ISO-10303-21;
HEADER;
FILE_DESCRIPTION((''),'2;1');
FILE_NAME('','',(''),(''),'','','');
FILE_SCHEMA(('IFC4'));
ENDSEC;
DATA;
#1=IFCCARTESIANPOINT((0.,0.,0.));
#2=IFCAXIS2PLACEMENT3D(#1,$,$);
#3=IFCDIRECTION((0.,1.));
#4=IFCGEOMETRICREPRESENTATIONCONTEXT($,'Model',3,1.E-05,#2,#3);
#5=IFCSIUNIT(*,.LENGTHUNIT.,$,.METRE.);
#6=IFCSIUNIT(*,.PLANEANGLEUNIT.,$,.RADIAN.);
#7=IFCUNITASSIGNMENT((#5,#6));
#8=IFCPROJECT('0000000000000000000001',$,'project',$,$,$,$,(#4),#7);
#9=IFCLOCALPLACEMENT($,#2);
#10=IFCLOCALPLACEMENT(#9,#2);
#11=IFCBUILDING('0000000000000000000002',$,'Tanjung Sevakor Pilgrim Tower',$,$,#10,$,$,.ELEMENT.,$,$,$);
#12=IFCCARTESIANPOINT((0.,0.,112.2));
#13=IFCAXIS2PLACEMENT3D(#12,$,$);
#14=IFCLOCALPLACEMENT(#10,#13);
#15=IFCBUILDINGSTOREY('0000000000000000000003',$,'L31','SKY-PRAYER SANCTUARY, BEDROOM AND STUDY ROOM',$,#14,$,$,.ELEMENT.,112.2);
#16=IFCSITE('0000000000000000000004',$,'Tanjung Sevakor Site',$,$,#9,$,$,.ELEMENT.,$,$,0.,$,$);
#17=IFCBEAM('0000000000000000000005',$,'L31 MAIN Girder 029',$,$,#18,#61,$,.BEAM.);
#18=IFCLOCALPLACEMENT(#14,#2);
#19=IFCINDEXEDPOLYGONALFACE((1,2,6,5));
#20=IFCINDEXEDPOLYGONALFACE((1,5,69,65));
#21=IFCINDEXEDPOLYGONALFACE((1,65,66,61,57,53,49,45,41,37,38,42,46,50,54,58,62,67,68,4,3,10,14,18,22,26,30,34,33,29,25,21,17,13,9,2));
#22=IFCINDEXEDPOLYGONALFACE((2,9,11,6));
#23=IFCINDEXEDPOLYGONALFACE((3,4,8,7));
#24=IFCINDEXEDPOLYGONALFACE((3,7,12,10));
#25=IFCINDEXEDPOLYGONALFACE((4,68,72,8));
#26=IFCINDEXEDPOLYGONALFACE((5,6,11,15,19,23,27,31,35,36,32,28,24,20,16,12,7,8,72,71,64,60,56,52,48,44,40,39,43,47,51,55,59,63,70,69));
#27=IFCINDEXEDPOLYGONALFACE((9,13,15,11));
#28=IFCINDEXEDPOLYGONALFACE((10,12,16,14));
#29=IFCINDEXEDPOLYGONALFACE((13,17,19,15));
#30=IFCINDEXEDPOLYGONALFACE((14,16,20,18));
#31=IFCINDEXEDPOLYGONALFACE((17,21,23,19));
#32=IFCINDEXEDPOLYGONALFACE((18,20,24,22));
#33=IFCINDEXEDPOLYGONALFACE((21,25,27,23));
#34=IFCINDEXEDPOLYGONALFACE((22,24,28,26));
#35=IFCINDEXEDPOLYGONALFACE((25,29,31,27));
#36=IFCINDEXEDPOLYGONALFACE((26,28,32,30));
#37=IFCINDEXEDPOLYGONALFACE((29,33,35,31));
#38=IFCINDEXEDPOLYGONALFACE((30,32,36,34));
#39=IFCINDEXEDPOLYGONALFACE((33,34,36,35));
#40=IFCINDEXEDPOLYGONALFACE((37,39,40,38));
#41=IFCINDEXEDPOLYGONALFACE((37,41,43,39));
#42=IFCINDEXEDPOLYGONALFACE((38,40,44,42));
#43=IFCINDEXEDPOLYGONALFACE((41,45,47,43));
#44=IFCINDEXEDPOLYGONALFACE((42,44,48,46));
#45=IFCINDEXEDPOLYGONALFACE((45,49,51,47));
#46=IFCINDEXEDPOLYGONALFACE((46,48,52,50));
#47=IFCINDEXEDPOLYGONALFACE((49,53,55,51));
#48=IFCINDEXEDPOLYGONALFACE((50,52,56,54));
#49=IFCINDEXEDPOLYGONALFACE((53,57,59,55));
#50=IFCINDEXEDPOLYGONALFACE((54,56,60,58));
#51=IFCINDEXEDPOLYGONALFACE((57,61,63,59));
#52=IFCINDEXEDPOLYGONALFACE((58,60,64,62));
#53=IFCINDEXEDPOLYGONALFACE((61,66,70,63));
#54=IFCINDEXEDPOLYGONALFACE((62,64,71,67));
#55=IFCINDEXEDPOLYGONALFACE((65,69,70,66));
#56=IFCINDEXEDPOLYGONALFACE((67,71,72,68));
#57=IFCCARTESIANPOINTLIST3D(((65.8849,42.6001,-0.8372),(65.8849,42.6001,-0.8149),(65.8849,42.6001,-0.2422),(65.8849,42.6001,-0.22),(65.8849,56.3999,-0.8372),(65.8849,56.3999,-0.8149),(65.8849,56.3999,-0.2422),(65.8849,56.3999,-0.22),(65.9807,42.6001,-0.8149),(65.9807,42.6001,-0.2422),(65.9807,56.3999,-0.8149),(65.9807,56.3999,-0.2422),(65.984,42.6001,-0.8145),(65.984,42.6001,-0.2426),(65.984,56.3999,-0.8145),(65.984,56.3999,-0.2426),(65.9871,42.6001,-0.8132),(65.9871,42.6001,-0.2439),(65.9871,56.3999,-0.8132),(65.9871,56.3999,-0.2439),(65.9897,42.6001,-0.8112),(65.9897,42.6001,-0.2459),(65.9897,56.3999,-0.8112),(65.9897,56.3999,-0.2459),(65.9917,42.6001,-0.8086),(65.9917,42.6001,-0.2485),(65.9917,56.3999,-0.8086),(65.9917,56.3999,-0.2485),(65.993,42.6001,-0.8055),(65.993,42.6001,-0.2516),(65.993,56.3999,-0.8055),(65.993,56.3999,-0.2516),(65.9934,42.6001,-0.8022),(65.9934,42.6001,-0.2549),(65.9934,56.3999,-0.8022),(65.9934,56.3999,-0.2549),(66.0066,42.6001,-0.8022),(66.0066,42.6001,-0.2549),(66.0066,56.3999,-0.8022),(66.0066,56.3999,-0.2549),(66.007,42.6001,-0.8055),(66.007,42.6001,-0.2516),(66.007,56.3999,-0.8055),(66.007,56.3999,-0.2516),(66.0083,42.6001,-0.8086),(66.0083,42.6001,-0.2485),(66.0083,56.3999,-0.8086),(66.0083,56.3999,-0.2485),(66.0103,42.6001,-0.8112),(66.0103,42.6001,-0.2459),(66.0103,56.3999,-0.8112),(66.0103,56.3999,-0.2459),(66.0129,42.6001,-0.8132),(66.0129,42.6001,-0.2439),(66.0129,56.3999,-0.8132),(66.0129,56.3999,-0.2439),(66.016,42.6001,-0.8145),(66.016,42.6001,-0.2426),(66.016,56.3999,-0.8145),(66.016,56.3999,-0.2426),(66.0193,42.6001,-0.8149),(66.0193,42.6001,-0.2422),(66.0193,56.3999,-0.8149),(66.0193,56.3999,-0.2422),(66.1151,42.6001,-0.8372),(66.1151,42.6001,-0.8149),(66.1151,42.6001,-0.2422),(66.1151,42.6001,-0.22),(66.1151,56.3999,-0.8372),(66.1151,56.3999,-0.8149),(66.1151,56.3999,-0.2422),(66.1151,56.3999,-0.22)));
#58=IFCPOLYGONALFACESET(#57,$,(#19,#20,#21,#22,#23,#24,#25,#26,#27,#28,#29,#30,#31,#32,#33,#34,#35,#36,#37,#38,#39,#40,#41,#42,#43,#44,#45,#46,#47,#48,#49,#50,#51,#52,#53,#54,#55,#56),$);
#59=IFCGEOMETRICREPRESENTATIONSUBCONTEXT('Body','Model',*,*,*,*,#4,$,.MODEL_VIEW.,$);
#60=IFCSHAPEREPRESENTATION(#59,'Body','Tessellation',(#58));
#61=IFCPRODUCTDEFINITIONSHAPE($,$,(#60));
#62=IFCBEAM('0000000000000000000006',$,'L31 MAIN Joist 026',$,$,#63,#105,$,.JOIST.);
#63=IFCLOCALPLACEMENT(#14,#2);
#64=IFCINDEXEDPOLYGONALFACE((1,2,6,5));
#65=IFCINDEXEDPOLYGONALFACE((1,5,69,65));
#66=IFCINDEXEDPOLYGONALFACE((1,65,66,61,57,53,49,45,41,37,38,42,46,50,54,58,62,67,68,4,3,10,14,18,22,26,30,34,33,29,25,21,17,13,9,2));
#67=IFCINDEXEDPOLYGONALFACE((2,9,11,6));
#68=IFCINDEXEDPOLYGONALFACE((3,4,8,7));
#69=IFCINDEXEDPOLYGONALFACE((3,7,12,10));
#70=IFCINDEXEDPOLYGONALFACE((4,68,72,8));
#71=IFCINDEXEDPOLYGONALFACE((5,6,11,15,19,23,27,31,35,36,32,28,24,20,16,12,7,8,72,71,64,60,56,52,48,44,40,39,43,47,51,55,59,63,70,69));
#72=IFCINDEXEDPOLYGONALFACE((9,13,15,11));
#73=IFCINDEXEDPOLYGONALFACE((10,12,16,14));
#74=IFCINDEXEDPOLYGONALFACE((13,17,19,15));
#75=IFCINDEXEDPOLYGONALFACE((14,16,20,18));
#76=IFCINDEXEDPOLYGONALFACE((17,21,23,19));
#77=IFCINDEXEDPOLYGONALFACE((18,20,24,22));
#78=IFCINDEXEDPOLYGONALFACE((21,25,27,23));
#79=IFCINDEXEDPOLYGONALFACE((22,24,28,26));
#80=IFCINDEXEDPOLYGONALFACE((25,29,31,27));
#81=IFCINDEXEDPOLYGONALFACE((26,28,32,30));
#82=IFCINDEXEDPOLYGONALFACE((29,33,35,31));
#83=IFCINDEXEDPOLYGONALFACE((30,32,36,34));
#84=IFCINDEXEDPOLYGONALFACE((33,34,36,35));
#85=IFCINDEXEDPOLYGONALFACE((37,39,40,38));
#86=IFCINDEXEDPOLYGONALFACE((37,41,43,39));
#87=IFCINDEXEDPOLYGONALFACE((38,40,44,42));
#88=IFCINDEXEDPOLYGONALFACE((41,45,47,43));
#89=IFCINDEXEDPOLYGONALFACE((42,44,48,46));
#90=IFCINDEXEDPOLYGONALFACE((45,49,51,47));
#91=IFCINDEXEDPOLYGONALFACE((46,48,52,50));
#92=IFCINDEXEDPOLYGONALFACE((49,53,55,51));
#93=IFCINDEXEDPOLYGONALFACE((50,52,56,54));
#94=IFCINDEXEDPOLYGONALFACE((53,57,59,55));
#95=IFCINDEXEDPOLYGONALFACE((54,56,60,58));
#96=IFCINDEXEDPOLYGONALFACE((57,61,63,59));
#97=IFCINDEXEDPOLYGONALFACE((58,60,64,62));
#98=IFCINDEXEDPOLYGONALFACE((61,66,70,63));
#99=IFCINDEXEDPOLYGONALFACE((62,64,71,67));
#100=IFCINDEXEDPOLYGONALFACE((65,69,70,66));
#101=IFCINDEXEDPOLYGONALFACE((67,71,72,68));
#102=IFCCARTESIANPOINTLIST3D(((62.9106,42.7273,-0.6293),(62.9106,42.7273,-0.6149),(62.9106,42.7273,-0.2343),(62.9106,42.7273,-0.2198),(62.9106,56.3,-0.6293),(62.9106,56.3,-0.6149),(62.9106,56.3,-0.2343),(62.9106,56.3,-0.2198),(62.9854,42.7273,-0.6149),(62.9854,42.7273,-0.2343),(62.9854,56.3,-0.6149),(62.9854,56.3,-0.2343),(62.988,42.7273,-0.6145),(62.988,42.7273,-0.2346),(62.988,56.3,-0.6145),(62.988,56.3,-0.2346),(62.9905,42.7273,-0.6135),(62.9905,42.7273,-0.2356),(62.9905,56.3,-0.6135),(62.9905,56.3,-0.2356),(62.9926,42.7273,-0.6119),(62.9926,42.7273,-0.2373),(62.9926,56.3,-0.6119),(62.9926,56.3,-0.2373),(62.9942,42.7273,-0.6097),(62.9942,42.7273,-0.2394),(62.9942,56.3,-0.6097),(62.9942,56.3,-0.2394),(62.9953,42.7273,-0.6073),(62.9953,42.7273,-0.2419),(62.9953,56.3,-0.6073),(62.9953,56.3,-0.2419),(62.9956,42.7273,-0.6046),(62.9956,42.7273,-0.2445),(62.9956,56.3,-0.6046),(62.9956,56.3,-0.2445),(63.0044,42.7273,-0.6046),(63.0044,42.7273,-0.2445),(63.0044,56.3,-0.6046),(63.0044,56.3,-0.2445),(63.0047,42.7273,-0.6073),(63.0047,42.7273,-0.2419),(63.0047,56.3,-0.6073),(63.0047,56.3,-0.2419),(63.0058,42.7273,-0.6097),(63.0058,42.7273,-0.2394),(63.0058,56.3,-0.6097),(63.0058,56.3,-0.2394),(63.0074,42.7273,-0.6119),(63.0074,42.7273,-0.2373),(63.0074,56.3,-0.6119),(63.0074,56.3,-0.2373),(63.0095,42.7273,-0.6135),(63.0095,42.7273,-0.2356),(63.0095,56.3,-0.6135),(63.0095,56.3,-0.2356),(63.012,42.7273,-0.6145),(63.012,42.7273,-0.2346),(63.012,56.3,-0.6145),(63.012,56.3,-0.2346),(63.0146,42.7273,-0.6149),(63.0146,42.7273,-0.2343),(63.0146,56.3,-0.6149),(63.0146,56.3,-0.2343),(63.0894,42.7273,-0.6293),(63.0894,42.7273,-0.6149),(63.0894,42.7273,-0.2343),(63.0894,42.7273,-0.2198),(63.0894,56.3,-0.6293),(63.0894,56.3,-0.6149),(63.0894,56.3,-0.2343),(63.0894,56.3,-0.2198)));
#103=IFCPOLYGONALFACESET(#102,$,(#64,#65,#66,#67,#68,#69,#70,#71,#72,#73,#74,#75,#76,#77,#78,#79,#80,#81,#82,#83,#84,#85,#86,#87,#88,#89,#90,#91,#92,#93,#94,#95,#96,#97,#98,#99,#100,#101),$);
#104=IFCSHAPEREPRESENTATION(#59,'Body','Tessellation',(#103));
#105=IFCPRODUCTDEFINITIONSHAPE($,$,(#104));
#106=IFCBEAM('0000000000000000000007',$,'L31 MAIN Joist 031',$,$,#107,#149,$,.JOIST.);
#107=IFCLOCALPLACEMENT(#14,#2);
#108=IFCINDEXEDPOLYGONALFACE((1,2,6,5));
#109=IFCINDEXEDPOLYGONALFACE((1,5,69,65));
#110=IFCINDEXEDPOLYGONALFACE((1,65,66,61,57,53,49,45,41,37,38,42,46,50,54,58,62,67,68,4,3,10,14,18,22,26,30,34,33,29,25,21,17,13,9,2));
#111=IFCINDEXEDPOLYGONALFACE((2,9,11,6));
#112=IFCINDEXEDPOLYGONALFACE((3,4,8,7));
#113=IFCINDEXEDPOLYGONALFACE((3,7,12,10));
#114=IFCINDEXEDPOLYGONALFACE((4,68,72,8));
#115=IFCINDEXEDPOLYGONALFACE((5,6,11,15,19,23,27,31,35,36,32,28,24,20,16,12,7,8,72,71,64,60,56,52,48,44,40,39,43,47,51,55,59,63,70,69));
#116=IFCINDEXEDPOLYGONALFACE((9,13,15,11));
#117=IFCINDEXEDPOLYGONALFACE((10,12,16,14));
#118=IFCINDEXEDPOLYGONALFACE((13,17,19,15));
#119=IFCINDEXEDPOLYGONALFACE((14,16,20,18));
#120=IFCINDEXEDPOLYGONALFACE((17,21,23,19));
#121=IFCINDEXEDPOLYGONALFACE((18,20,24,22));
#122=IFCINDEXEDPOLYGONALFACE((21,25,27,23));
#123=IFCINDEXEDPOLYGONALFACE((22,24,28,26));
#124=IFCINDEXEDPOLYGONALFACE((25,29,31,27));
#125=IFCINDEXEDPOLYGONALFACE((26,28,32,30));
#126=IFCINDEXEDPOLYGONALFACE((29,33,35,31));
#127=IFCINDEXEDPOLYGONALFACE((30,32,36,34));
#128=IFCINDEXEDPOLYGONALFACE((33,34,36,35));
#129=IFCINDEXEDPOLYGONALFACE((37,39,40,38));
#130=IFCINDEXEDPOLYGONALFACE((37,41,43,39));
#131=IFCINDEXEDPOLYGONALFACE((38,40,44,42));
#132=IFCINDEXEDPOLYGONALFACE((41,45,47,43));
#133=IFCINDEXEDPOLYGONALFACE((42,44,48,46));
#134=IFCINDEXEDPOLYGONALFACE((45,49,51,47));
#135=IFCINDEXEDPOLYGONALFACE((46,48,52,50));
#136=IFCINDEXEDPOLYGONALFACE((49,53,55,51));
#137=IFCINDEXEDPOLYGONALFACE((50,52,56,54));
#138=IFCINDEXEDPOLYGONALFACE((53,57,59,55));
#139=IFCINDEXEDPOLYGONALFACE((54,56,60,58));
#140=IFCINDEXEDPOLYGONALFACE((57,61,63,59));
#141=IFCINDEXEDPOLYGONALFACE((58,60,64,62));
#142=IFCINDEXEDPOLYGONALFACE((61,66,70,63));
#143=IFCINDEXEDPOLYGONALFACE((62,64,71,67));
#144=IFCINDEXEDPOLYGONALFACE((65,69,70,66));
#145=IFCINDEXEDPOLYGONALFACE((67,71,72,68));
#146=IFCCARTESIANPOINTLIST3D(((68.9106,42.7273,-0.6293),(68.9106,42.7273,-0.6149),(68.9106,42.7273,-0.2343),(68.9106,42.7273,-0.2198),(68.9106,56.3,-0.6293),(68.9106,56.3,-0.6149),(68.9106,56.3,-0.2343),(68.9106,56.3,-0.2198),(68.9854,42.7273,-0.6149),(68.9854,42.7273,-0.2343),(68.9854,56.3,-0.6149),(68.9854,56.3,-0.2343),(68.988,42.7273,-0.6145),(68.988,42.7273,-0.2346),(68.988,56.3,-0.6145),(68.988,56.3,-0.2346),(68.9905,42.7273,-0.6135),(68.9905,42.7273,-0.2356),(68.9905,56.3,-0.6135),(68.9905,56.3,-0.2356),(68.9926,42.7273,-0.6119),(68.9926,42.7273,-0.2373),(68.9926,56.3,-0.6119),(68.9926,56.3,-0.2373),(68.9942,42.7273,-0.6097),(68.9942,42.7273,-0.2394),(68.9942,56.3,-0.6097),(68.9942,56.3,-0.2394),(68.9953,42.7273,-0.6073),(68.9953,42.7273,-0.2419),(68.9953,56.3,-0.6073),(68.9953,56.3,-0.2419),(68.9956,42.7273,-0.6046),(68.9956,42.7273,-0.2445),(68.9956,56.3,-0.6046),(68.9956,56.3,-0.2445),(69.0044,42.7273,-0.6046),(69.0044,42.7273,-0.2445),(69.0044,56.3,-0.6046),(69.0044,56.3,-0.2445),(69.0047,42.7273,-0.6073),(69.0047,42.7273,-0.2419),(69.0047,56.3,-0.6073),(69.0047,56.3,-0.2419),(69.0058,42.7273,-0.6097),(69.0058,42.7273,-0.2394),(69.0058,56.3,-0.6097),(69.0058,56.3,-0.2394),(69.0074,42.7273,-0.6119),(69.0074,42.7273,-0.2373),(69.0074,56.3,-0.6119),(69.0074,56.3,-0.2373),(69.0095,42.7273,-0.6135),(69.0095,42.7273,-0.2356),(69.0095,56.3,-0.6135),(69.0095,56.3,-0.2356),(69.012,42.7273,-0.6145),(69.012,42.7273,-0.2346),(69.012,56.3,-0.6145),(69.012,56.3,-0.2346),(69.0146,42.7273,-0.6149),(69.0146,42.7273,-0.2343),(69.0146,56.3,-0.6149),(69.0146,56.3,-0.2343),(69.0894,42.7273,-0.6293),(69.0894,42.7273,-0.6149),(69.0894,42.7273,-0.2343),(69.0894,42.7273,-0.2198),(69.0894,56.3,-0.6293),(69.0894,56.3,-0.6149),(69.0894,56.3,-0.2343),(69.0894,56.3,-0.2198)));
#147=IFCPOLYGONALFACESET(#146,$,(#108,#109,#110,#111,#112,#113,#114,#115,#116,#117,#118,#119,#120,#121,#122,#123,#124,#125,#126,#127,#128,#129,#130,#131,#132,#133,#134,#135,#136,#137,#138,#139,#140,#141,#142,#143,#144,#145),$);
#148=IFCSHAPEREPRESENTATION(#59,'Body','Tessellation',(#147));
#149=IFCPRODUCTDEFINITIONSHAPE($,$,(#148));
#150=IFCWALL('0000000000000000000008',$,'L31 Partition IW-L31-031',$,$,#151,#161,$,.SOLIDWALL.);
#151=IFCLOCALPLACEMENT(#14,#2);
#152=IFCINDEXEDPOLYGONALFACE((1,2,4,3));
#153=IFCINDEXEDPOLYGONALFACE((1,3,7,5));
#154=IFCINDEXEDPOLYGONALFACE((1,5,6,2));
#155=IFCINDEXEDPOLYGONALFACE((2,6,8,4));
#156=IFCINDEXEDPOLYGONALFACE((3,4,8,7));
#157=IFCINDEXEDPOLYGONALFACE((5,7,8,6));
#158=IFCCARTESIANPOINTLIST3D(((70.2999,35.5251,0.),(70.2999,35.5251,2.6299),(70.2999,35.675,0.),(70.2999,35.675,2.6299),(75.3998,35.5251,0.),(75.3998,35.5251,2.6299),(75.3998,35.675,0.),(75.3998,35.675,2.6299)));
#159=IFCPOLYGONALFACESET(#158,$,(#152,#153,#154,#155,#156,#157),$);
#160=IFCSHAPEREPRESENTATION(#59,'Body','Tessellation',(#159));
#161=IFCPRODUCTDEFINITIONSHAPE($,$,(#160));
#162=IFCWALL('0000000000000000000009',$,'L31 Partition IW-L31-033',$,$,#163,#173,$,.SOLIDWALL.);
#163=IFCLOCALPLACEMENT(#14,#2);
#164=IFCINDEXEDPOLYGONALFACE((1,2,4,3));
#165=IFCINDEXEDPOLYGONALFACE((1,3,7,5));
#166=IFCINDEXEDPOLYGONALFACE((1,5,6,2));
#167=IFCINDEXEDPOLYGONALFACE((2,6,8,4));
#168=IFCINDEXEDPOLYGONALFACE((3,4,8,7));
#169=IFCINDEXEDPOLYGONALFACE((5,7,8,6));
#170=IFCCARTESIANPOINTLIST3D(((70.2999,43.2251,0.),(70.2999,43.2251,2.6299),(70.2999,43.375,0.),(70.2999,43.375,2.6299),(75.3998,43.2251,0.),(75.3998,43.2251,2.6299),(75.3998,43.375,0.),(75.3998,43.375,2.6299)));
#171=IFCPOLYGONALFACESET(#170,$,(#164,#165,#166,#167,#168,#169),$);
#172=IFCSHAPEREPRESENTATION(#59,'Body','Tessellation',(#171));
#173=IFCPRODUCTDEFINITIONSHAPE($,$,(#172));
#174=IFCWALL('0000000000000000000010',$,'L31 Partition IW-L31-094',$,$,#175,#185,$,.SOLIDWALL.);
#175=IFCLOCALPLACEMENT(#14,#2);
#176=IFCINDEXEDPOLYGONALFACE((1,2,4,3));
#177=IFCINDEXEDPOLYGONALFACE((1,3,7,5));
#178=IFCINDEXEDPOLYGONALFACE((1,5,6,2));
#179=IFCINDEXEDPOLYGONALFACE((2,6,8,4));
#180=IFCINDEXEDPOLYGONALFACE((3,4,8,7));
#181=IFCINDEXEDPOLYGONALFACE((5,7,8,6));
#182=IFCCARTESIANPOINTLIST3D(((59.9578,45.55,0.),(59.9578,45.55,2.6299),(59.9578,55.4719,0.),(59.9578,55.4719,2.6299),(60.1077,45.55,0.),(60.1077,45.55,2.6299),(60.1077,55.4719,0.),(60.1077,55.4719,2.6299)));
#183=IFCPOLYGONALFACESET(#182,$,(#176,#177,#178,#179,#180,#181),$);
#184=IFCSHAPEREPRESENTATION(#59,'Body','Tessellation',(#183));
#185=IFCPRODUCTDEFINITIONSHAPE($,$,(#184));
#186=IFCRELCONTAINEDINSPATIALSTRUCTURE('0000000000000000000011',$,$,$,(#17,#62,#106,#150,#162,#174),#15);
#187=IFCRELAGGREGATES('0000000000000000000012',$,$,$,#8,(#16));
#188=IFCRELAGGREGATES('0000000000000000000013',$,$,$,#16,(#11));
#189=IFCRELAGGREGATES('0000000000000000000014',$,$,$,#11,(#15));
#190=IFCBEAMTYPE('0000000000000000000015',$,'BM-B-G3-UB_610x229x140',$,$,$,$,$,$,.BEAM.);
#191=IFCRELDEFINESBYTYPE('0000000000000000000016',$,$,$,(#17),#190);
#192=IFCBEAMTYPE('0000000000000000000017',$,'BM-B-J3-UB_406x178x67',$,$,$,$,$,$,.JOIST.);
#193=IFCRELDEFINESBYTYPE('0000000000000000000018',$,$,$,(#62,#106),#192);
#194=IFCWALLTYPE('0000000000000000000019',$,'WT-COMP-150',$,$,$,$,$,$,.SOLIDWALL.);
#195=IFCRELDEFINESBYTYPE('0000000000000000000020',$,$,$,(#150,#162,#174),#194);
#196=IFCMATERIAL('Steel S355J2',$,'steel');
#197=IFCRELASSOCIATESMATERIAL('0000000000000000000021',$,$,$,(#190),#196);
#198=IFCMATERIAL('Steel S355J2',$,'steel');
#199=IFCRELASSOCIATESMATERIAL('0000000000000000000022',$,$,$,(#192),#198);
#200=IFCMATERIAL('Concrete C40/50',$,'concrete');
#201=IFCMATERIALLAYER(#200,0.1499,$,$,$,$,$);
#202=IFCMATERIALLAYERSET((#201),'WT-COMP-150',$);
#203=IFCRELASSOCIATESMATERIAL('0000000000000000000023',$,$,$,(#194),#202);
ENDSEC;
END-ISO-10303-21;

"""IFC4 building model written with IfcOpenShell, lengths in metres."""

from ifc_helpers import new_model, si_unit, direction, frame, frame_2d, origin, origin_2d, place, context, subcontext, project, spatial, rectangle, i_section, extrude, material, layer, layer_set, material_profile, profile_set, type_object, element, save


model = new_model("IFC4")

# Units and contexts
model_context = context("Model", 3, precision=1e-05, world=origin(), true_north=direction((0.0, 1.0)))
body_context = subcontext(model_context, "Body", "Model", "MODEL_VIEW")
ifc_project = project(units=[si_unit("LENGTHUNIT", "METRE"), si_unit("PLANEANGLEUNIT", "RADIAN")], contexts=[model_context])

# Site, building, storey
site_placement = place(None, origin())
site = spatial("IfcSite", under=ifc_project, at=site_placement, Name="Tanjung Sevakor Site", CompositionType="ELEMENT", RefElevation=0.0)
building_placement = place(site_placement, origin())
building = spatial("IfcBuilding", under=site, at=building_placement, Name="Tanjung Sevakor Pilgrim Tower", CompositionType="ELEMENT")
storey_placement = place(building_placement, frame((0.0, 0.0, 112.2)))
storey = spatial("IfcBuildingStorey", under=building, at=storey_placement, Name="L31", Description="SKY-PRAYER SANCTUARY, BEDROOM AND STUDY ROOM", CompositionType="ELEMENT", Elevation=112.2)

# Beams
ifc_material_1 = material(Name="Steel S355J2", Category="steel")
ifc_material_profile_1 = material_profile(ifc_material_1, i_section(OverallWidth=0.2302, OverallDepth=0.6172, WebThickness=0.0132, FlangeThickness=0.0222, FilletRadius=0.0127, at=origin_2d()))
ifc_profile_set_1 = profile_set([ifc_material_profile_1], Name="Steel S355J2")
beam_type_1 = type_object("IfcBeamType", Name="BM-B-G3-UB_610x229x140", PredefinedType="BEAM", material=ifc_profile_set_1)
for number, where, z_axis, x_axis, name in (
    (1, (66.0, 42.6001, -0.5286), (0.0, 1.0, 0.0), (-1.0, 0.0, 0.0), "L31 MAIN Girder 029"),
):
    element("IfcBeam", number, at=place(storey_placement, frame(where, z_axis=z_axis, x_axis=x_axis)), inside=storey, type_object=beam_type_1, Name=name, PredefinedType="BEAM", context=body_context, shape_type="SweptSolid", body=[
        extrude(i_section(OverallWidth=0.2302, OverallDepth=0.6172, WebThickness=0.0132, FlangeThickness=0.0222, FilletRadius=0.0127, at=origin_2d()), origin(), (0.0, 0.0, 1.0), 13.7998),
    ])
ifc_material_2 = material(Name="Steel S355J2", Category="steel")
ifc_material_profile_2 = material_profile(ifc_material_2, i_section(OverallWidth=0.1787, OverallDepth=0.4094, WebThickness=0.0088, FlangeThickness=0.0144, FilletRadius=0.0103, at=origin_2d()))
ifc_profile_set_2 = profile_set([ifc_material_profile_2], Name="Steel S355J2")
beam_type_2 = type_object("IfcBeamType", Name="BM-B-J3-UB_406x178x67", PredefinedType="JOIST", material=ifc_profile_set_2)
for number, where, z_axis, x_axis, name in (
    (2, (63.0, 42.7273, -0.4246), (0.0, 1.0, 0.0), (-1.0, 0.0, 0.0), "L31 MAIN Joist 026"),
    (3, (69.0, 42.7273, -0.4246), (0.0, 1.0, 0.0), (-1.0, 0.0, 0.0), "L31 MAIN Joist 031"),
):
    element("IfcBeam", number, at=place(storey_placement, frame(where, z_axis=z_axis, x_axis=x_axis)), inside=storey, type_object=beam_type_2, Name=name, PredefinedType="JOIST", context=body_context, shape_type="SweptSolid", body=[
        extrude(i_section(OverallWidth=0.1787, OverallDepth=0.4094, WebThickness=0.0088, FlangeThickness=0.0144, FilletRadius=0.0103, at=origin_2d()), origin(), (0.0, 0.0, 1.0), 13.5728),
    ])

# Walls
ifc_material_3 = material(Name="Concrete C40/50", Category="concrete")
ifc_layer_1 = layer(ifc_material_3, 0.1499)
ifc_layer_set_1 = layer_set([ifc_layer_1], Name="WT-COMP-150")
wall_type_1 = type_object("IfcWallType", Name="WT-COMP-150", PredefinedType="SOLIDWALL", material=ifc_layer_set_1)
for number, where, z_axis, x_axis, name in (
    (4, (70.3, 35.6001, 0.0), (0.0, 0.0, 1.0), (1.0, 0.0, 0.0), "L31 Partition IW-L31-031"),
    (5, (70.3, 43.3, 0.0), (0.0, 0.0, 1.0), (1.0, 0.0, 0.0), "L31 Partition IW-L31-033"),
):
    element("IfcWall", number, at=place(storey_placement, frame(where, z_axis=z_axis, x_axis=x_axis)), inside=storey, type_object=wall_type_1, Name=name, PredefinedType="SOLIDWALL", context=body_context, shape_type="SweptSolid", body=[
        extrude(rectangle(XDim=5.0999, YDim=0.1499, at=frame_2d((2.5498, 0.0))), origin(), (0.0, 0.0, 1.0), 2.6299),
    ])
wall_1_placement = place(storey_placement, frame((60.0327, 45.55, 0.0), z_axis=(0.0, 0.0, 1.0), x_axis=(0.0, 1.0, 0.0)))
element("IfcWall", 6, at=wall_1_placement, inside=storey, type_object=wall_type_1, Name="L31 Partition IW-L31-094", PredefinedType="SOLIDWALL", context=body_context, shape_type="SweptSolid", body=[
    extrude(rectangle(XDim=9.9219, YDim=0.1499, at=frame_2d((4.9609, 0.0))), origin(), (0.0, 0.0, 1.0), 2.6299),
])

save(model, "model.ifc")
